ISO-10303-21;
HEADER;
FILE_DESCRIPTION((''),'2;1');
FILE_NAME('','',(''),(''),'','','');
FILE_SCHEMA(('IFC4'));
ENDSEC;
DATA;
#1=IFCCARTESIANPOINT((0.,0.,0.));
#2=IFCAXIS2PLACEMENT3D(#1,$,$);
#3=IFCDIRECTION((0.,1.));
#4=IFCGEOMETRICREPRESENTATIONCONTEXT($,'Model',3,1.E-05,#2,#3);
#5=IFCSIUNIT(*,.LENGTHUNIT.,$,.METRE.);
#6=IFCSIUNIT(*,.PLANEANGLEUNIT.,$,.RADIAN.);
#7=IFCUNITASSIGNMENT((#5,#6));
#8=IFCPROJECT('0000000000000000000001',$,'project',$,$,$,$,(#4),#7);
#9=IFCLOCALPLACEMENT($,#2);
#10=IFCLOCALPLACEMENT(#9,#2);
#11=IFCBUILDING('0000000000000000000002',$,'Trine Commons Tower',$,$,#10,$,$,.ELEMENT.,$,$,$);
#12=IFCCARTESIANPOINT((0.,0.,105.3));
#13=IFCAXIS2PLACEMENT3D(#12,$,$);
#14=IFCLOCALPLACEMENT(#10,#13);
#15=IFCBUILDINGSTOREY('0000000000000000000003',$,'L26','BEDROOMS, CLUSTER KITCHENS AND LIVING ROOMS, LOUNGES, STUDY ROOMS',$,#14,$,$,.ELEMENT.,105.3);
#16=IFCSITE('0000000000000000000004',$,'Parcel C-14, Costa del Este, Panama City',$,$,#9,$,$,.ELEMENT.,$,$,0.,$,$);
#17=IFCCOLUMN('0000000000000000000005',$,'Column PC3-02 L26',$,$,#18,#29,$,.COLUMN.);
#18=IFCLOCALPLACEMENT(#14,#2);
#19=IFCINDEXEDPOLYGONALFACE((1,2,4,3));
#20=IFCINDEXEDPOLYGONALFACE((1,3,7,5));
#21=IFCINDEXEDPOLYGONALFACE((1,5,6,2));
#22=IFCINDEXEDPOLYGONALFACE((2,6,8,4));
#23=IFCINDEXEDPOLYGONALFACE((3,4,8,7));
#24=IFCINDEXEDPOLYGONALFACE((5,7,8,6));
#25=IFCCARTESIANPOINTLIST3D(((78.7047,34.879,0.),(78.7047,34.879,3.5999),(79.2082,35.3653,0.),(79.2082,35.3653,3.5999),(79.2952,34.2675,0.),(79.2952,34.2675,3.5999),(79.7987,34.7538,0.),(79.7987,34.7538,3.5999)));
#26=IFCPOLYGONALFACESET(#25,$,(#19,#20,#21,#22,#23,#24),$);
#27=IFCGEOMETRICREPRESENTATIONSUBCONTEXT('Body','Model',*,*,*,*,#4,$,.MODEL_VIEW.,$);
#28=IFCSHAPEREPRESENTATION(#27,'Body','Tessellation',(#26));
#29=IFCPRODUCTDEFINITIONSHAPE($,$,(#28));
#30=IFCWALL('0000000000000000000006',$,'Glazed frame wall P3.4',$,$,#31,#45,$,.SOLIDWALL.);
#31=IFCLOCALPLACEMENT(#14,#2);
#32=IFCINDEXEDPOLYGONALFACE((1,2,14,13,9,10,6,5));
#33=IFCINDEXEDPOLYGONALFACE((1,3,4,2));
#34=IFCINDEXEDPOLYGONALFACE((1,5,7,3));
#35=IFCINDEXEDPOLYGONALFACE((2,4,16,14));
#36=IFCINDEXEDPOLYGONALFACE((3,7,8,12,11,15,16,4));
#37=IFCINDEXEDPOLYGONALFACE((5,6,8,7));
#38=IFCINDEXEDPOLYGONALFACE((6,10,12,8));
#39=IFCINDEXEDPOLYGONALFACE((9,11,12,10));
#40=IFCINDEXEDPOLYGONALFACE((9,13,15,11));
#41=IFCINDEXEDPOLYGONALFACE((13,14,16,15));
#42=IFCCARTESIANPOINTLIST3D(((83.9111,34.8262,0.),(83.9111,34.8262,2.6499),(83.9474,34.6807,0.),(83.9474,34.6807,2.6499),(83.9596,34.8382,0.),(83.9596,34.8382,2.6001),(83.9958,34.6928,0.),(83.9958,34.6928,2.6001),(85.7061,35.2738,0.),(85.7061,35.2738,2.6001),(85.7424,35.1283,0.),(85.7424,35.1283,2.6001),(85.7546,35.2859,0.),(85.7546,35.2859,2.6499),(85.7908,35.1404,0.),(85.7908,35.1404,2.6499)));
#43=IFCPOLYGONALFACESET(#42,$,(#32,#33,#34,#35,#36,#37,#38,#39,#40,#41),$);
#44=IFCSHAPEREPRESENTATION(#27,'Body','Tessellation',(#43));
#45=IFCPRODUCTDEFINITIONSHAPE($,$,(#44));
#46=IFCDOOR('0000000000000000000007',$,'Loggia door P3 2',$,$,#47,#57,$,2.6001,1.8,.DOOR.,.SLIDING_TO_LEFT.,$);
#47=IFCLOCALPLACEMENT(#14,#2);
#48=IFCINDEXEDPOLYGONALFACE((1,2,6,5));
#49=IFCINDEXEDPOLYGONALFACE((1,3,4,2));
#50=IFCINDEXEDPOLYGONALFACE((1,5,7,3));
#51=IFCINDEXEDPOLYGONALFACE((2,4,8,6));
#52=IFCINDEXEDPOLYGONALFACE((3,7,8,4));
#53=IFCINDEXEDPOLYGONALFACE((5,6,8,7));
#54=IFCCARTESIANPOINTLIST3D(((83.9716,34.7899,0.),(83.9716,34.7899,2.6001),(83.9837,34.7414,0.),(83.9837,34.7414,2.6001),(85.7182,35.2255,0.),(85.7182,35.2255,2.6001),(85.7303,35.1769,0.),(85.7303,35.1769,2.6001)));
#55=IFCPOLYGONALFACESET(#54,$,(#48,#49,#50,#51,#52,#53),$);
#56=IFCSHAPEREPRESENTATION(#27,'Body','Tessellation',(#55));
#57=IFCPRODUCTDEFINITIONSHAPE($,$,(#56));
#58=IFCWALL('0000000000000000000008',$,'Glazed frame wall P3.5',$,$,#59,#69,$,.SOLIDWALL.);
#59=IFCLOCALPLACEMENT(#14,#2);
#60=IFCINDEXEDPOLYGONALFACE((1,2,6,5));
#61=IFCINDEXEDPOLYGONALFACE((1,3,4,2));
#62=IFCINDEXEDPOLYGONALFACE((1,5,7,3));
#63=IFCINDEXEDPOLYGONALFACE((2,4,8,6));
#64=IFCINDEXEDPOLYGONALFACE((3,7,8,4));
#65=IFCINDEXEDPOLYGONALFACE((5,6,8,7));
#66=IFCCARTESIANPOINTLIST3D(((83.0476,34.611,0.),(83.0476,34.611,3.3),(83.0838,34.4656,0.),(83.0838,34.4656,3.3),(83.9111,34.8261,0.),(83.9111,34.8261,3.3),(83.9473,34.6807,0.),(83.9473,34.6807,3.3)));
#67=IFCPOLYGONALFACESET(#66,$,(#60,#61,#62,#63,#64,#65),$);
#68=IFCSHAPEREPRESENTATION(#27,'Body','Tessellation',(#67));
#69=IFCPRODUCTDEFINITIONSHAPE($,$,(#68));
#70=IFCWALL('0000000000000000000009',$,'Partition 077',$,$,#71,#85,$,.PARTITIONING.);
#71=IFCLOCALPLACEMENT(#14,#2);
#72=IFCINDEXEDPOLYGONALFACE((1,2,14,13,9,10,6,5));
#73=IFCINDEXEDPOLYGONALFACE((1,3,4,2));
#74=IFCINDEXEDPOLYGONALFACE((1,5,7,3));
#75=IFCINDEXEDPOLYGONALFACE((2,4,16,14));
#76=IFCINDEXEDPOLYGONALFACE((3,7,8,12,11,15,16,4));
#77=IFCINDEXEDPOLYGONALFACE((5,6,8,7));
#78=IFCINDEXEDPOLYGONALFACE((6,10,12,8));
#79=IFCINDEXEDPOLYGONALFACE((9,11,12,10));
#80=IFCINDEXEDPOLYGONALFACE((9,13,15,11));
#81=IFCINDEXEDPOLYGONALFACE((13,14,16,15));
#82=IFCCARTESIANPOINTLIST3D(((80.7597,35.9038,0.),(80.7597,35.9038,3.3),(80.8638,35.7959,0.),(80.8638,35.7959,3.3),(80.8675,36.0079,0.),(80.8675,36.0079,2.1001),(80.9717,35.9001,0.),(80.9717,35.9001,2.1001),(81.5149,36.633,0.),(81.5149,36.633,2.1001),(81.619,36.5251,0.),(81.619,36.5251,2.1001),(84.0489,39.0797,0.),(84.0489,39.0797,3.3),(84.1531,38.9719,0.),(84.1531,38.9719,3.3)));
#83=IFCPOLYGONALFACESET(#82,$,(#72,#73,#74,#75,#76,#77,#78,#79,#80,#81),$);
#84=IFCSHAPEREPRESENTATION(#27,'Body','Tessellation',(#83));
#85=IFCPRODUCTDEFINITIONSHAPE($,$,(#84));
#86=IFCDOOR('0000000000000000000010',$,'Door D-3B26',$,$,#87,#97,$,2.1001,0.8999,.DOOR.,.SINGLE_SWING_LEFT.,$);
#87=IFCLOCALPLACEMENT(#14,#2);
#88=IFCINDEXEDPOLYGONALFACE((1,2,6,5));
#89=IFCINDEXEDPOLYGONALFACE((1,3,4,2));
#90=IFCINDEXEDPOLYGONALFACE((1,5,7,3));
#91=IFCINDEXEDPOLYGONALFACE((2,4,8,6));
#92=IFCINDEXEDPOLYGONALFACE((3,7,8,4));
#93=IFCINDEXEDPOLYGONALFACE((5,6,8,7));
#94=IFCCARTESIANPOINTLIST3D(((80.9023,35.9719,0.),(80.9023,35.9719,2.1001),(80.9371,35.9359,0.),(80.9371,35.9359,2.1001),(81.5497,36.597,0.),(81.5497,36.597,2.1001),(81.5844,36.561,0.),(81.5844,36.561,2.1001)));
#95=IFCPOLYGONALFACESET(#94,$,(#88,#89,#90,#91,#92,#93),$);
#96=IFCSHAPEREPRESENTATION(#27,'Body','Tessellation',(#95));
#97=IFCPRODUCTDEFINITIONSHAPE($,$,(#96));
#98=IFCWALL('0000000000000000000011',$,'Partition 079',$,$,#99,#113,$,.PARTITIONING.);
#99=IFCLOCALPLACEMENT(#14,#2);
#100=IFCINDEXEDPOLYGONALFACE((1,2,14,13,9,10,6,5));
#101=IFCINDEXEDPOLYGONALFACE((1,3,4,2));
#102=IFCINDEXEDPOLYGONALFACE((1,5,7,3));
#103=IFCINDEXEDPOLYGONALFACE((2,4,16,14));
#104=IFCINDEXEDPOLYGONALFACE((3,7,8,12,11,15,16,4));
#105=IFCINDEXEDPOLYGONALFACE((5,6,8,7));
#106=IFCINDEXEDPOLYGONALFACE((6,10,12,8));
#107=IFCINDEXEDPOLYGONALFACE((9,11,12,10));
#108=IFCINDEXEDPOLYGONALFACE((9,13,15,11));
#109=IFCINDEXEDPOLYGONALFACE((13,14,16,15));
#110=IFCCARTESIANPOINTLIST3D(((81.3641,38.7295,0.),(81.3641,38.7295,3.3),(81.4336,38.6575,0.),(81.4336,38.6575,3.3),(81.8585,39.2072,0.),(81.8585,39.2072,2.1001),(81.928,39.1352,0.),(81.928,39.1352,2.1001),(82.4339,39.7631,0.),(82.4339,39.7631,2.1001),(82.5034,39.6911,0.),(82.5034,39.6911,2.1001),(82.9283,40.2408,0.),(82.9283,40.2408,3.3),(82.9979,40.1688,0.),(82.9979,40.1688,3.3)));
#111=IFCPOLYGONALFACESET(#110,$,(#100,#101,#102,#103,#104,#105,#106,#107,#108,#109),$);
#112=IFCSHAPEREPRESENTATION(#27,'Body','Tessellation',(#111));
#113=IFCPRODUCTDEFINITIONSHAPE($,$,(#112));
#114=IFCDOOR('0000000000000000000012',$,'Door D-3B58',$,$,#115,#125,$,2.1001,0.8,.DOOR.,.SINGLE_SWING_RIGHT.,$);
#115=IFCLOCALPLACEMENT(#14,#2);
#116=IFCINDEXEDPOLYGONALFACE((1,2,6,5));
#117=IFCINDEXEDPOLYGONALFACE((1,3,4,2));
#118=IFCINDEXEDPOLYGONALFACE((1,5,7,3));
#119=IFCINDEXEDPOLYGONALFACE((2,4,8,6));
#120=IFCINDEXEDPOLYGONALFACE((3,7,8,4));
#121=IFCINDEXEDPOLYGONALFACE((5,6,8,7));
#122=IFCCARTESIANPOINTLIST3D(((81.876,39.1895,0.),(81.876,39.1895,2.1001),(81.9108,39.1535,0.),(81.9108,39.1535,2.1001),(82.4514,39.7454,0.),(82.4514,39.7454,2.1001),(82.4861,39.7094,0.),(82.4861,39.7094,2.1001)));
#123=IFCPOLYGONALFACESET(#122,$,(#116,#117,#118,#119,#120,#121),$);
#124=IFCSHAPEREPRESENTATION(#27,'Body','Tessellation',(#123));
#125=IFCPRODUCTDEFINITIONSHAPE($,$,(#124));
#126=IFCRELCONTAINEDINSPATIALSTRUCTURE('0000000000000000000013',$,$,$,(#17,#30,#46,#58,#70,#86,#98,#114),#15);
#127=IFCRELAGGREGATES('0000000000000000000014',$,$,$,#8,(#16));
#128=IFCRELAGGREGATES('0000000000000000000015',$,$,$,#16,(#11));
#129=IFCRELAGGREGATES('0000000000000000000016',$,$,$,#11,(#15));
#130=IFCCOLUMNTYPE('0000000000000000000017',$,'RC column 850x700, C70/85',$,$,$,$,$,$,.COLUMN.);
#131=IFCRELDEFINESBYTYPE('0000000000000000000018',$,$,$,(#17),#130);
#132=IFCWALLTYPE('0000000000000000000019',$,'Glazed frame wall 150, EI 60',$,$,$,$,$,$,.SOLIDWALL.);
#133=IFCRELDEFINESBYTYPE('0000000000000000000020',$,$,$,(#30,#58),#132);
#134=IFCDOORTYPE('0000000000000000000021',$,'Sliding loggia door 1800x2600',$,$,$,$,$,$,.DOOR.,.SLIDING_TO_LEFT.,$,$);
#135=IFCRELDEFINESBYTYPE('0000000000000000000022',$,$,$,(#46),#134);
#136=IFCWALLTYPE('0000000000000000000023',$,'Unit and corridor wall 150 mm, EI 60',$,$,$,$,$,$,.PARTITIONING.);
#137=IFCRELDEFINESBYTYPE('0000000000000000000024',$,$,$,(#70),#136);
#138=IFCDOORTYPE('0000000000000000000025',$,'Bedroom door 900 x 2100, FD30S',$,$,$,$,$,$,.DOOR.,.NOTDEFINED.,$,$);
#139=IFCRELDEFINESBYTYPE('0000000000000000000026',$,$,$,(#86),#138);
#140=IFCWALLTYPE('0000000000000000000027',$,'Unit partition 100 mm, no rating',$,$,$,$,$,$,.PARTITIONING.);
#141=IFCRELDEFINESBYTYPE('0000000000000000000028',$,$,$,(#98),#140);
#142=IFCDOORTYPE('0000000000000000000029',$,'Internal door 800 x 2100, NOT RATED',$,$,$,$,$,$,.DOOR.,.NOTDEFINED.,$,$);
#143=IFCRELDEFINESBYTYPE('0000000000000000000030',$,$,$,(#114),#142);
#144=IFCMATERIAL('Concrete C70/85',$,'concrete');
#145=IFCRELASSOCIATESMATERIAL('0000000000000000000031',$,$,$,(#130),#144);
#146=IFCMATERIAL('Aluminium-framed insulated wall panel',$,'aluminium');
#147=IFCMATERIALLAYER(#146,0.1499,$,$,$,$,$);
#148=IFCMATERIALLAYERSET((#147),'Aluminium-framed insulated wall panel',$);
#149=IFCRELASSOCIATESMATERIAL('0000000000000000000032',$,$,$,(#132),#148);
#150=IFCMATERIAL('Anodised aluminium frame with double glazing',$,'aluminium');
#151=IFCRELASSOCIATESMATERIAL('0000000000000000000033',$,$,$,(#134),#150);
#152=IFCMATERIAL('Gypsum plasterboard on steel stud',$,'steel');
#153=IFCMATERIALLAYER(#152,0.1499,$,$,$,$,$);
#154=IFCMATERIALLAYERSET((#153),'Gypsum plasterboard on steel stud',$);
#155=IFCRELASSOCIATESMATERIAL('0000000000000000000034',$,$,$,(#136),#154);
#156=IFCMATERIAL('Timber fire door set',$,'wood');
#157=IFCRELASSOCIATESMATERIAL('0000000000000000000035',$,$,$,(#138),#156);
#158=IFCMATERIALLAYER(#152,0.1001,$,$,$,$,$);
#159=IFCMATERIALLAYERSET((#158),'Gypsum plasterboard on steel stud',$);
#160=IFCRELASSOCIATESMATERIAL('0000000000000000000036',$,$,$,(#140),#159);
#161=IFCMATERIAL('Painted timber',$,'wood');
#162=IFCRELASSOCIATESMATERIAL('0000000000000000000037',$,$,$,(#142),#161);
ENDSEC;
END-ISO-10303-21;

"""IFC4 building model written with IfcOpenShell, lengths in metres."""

from ifc_helpers import new_model, si_unit, direction, frame, frame_2d, origin, origin_2d, place, context, subcontext, project, spatial, polyline, rectangle, outline, extrude, material, layer, layer_set, material_profile, profile_set, type_object, element, fill, save


model = new_model("IFC4")

# Units and contexts
model_context = context("Model", 3, precision=1e-05, world=origin(), true_north=direction((0.0, 1.0)))
body_context = subcontext(model_context, "Body", "Model", "MODEL_VIEW")
ifc_project = project(units=[si_unit("LENGTHUNIT", "METRE"), si_unit("PLANEANGLEUNIT", "RADIAN")], contexts=[model_context])

# Site, building, storey
site_placement = place(None, origin())
site = spatial("IfcSite", under=ifc_project, at=site_placement, Name="Parcel C-14, Costa del Este, Panama City", CompositionType="ELEMENT", RefElevation=0.0)
building_placement = place(site_placement, origin())
building = spatial("IfcBuilding", under=site, at=building_placement, Name="Trine Commons Tower", CompositionType="ELEMENT")
storey_placement = place(building_placement, frame((0.0, 0.0, 105.3)))
storey = spatial("IfcBuildingStorey", under=building, at=storey_placement, Name="L26", Description="BEDROOMS, CLUSTER KITCHENS AND LIVING ROOMS, LOUNGES, STUDY ROOMS", CompositionType="ELEMENT", Elevation=105.3)

# Column
ifc_material_1 = material(Name="Concrete C70/85", Category="concrete")
ifc_material_profile = material_profile(ifc_material_1, rectangle(XDim=0.8501, YDim=0.7, at=origin_2d()), Name="RC 850x700")
ifc_profile_set = profile_set([ifc_material_profile], Name="Concrete C70/85")
column_type = type_object("IfcColumnType", Name="RC column 850x700, C70/85", PredefinedType="COLUMN", material=ifc_profile_set)
column_placement = place(storey_placement, frame((79.2517, 34.8164, 0.0), z_axis=(0.0, 0.0, 1.0), x_axis=(-0.694658, 0.71934, 0.0)))
element("IfcColumn", 1, at=column_placement, inside=storey, type_object=column_type, Name="Column PC3-02 L26", PredefinedType="COLUMN", context=body_context, shape_type="SweptSolid", body=[
    extrude(rectangle(XDim=0.8501, YDim=0.7, at=origin_2d()), origin(), (0.0, 0.0, 1.0), 3.5999),
])

# Wall, opening, door
ifc_material_2 = material(Name="Aluminium-framed insulated wall panel", Category="aluminium")
ifc_layer_1 = layer(ifc_material_2, 0.1499)
ifc_layer_set_1 = layer_set([ifc_layer_1], Name="Aluminium-framed insulated wall panel")
wall_type_1 = type_object("IfcWallType", Name="Glazed frame wall 150, EI 60", PredefinedType="SOLIDWALL", material=ifc_layer_set_1)
wall_1_placement = place(storey_placement, frame((85.7727, 35.2131, 0.0), z_axis=(0.0, 0.0, 1.0), x_axis=(-0.970286, -0.241961, 0.0)))
wall_1 = element("IfcWall", 2, at=wall_1_placement, inside=storey, type_object=wall_type_1, Name="Glazed frame wall P3.4", PredefinedType="SOLIDWALL", context=body_context, shape_type="SweptSolid", body=[
    extrude(outline(polyline([(0.0, -0.075), (1.8999, -0.075), (1.8999, 0.075), (0.0, 0.075), (0.0, -0.075)])), origin(), (0.0, 0.0, 1.0), 2.6499),
])
opening_1_placement = place(wall_1_placement, frame((0.05, 0.0, 0.0)))
opening_1 = element("IfcOpeningElement", 3, at=opening_1_placement, cuts=wall_1, PredefinedType="OPENING", context=body_context, shape_type="SweptSolid", body=[
    extrude(rectangle(XDim=1.8, YDim=2.6001, at=frame_2d((0.8999, 1.3))), frame((0.0, 0.085, 0.0), z_axis=(0.0, -1.0, 0.0), x_axis=(1.0, 0.0, 0.0)), (0.0, 0.0, 1.0), 0.1699),
])
ifc_material_3 = material(Name="Anodised aluminium frame with double glazing", Category="aluminium")
door_type_1 = type_object("IfcDoorType", Name="Sliding loggia door 1800x2600", OperationType="SLIDING_TO_LEFT", PredefinedType="DOOR", material=ifc_material_3)
door_1_placement = place(opening_1_placement, origin())
door_1 = element("IfcDoor", 4, at=door_1_placement, inside=storey, type_object=door_type_1, Name="Loggia door P3 2", OperationType="SLIDING_TO_LEFT", OverallHeight=2.6001, OverallWidth=1.8, PredefinedType="DOOR", context=body_context, shape_type="SweptSolid", body=[
    extrude(rectangle(XDim=1.8, YDim=2.6001, at=frame_2d((0.8999, 1.3))), frame((0.0, 0.0249, 0.0), z_axis=(0.0, -1.0, 0.0), x_axis=(1.0, 0.0, 0.0)), (0.0, 0.0, 1.0), 0.05),
])
fill(opening_1, door_1)

# Wall
wall_2_placement = place(storey_placement, frame((83.9292, 34.7534, 0.0), z_axis=(0.0, 0.0, 1.0), x_axis=(-0.970343, -0.241731, 0.0)))
element("IfcWall", 5, at=wall_2_placement, inside=storey, type_object=wall_type_1, Name="Glazed frame wall P3.5", PredefinedType="SOLIDWALL", context=body_context, shape_type="SweptSolid", body=[
    extrude(outline(polyline([(0.8899, 0.075), (0.0, 0.075), (0.0, -0.075), (0.8899, -0.075), (0.8899, 0.075)])), origin(), (0.0, 0.0, 1.0), 3.3),
])

# Walls, openings, doors
ifc_material_4 = material(Name="Gypsum plasterboard on steel stud", Category="steel")
ifc_layer_2 = layer(ifc_material_4, 0.1499)
ifc_layer_set_2 = layer_set([ifc_layer_2], Name="Gypsum plasterboard on steel stud")
wall_type_2 = type_object("IfcWallType", Name="Unit and corridor wall 150 mm, EI 60", PredefinedType="PARTITIONING", material=ifc_layer_set_2)
wall_3_placement = place(storey_placement, frame((80.8118, 35.8499, 0.0), z_axis=(0.0, 0.0, 1.0), x_axis=(0.719386, 0.694611, 0.0)))
wall_3 = element("IfcWall", 6, at=wall_3_placement, inside=storey, type_object=wall_type_2, Name="Partition 077", PredefinedType="PARTITIONING", context=body_context, shape_type="SweptSolid", body=[
    extrude(rectangle(XDim=4.5723, YDim=0.1499, at=frame_2d((2.2861, 0.0))), origin(), (0.0, 0.0, 1.0), 3.3),
])
opening_2_placement = place(wall_3_placement, frame((0.1499, 0.0, 0.0)))
opening_2 = element("IfcOpeningElement", 7, at=opening_2_placement, cuts=wall_3, PredefinedType="OPENING", context=body_context, shape_type="SweptSolid", body=[
    extrude(rectangle(XDim=0.8999, YDim=2.1001, at=frame_2d((0.45, 1.05))), frame((0.0, 0.085, 0.0), z_axis=(0.0, -1.0, 0.0), x_axis=(1.0, 0.0, 0.0)), (0.0, 0.0, 1.0), 0.1699),
])
ifc_material_5 = material(Name="Timber fire door set", Category="wood")
door_type_2 = type_object("IfcDoorType", Name="Bedroom door 900 x 2100, FD30S", OperationType="NOTDEFINED", PredefinedType="DOOR", material=ifc_material_5)
door_2_placement = place(opening_2_placement, origin())
door_2 = element("IfcDoor", 8, at=door_2_placement, inside=storey, type_object=door_type_2, Name="Door D-3B26", OperationType="SINGLE_SWING_LEFT", OverallHeight=2.1001, OverallWidth=0.8999, PredefinedType="DOOR", context=body_context, shape_type="SweptSolid", body=[
    extrude(rectangle(XDim=0.8999, YDim=2.1001, at=frame_2d((0.45, 1.05))), frame((0.0, 0.0249, 0.0), z_axis=(0.0, -1.0, 0.0), x_axis=(1.0, 0.0, 0.0)), (0.0, 0.0, 1.0), 0.05),
])
fill(opening_2, door_2)
ifc_layer_3 = layer(ifc_material_4, 0.1001)
ifc_layer_set_3 = layer_set([ifc_layer_3], Name="Gypsum plasterboard on steel stud")
wall_type_3 = type_object("IfcWallType", Name="Unit partition 100 mm, no rating", PredefinedType="PARTITIONING", material=ifc_layer_set_3)
wall_4_placement = place(storey_placement, frame((81.3989, 38.6936, 0.0), z_axis=(0.0, 0.0, 1.0), x_axis=(0.719181, 0.694823, 0.0)))
wall_4 = element("IfcWall", 9, at=wall_4_placement, inside=storey, type_object=wall_type_3, Name="Partition 079", PredefinedType="PARTITIONING", context=body_context, shape_type="SweptSolid", body=[
    extrude(rectangle(XDim=2.175, YDim=0.1001, at=frame_2d((1.0874, 0.0))), origin(), (0.0, 0.0, 1.0), 3.3),
])
opening_3_placement = place(wall_4_placement, frame((0.6875, 0.0, 0.0)))
opening_3 = element("IfcOpeningElement", 10, at=opening_3_placement, cuts=wall_4, PredefinedType="OPENING", context=body_context, shape_type="SweptSolid", body=[
    extrude(rectangle(XDim=0.8, YDim=2.1001, at=frame_2d((0.3999, 1.05))), frame((0.0, 0.0601, 0.0), z_axis=(0.0, -1.0, 0.0), x_axis=(1.0, 0.0, 0.0)), (0.0, 0.0, 1.0), 0.1201),
])
ifc_material_6 = material(Name="Painted timber", Category="wood")
door_type_3 = type_object("IfcDoorType", Name="Internal door 800 x 2100, NOT RATED", OperationType="NOTDEFINED", PredefinedType="DOOR", material=ifc_material_6)
door_3_placement = place(opening_3_placement, frame((0.8, 0.0, 0.0), z_axis=(0.0, 0.0, 1.0), x_axis=(-1.0, 0.0, 0.0)))
door_3 = element("IfcDoor", 11, at=door_3_placement, inside=storey, type_object=door_type_3, Name="Door D-3B58", OperationType="SINGLE_SWING_RIGHT", OverallHeight=2.1001, OverallWidth=0.8, PredefinedType="DOOR", context=body_context, shape_type="SweptSolid", body=[
    extrude(rectangle(XDim=0.8, YDim=2.1001, at=frame_2d((0.3999, 1.05))), frame((0.0, 0.0249, 0.0), z_axis=(0.0, -1.0, 0.0), x_axis=(1.0, 0.0, 0.0)), (0.0, 0.0, 1.0), 0.05),
])
fill(opening_3, door_3)

save(model, "model.ifc")
